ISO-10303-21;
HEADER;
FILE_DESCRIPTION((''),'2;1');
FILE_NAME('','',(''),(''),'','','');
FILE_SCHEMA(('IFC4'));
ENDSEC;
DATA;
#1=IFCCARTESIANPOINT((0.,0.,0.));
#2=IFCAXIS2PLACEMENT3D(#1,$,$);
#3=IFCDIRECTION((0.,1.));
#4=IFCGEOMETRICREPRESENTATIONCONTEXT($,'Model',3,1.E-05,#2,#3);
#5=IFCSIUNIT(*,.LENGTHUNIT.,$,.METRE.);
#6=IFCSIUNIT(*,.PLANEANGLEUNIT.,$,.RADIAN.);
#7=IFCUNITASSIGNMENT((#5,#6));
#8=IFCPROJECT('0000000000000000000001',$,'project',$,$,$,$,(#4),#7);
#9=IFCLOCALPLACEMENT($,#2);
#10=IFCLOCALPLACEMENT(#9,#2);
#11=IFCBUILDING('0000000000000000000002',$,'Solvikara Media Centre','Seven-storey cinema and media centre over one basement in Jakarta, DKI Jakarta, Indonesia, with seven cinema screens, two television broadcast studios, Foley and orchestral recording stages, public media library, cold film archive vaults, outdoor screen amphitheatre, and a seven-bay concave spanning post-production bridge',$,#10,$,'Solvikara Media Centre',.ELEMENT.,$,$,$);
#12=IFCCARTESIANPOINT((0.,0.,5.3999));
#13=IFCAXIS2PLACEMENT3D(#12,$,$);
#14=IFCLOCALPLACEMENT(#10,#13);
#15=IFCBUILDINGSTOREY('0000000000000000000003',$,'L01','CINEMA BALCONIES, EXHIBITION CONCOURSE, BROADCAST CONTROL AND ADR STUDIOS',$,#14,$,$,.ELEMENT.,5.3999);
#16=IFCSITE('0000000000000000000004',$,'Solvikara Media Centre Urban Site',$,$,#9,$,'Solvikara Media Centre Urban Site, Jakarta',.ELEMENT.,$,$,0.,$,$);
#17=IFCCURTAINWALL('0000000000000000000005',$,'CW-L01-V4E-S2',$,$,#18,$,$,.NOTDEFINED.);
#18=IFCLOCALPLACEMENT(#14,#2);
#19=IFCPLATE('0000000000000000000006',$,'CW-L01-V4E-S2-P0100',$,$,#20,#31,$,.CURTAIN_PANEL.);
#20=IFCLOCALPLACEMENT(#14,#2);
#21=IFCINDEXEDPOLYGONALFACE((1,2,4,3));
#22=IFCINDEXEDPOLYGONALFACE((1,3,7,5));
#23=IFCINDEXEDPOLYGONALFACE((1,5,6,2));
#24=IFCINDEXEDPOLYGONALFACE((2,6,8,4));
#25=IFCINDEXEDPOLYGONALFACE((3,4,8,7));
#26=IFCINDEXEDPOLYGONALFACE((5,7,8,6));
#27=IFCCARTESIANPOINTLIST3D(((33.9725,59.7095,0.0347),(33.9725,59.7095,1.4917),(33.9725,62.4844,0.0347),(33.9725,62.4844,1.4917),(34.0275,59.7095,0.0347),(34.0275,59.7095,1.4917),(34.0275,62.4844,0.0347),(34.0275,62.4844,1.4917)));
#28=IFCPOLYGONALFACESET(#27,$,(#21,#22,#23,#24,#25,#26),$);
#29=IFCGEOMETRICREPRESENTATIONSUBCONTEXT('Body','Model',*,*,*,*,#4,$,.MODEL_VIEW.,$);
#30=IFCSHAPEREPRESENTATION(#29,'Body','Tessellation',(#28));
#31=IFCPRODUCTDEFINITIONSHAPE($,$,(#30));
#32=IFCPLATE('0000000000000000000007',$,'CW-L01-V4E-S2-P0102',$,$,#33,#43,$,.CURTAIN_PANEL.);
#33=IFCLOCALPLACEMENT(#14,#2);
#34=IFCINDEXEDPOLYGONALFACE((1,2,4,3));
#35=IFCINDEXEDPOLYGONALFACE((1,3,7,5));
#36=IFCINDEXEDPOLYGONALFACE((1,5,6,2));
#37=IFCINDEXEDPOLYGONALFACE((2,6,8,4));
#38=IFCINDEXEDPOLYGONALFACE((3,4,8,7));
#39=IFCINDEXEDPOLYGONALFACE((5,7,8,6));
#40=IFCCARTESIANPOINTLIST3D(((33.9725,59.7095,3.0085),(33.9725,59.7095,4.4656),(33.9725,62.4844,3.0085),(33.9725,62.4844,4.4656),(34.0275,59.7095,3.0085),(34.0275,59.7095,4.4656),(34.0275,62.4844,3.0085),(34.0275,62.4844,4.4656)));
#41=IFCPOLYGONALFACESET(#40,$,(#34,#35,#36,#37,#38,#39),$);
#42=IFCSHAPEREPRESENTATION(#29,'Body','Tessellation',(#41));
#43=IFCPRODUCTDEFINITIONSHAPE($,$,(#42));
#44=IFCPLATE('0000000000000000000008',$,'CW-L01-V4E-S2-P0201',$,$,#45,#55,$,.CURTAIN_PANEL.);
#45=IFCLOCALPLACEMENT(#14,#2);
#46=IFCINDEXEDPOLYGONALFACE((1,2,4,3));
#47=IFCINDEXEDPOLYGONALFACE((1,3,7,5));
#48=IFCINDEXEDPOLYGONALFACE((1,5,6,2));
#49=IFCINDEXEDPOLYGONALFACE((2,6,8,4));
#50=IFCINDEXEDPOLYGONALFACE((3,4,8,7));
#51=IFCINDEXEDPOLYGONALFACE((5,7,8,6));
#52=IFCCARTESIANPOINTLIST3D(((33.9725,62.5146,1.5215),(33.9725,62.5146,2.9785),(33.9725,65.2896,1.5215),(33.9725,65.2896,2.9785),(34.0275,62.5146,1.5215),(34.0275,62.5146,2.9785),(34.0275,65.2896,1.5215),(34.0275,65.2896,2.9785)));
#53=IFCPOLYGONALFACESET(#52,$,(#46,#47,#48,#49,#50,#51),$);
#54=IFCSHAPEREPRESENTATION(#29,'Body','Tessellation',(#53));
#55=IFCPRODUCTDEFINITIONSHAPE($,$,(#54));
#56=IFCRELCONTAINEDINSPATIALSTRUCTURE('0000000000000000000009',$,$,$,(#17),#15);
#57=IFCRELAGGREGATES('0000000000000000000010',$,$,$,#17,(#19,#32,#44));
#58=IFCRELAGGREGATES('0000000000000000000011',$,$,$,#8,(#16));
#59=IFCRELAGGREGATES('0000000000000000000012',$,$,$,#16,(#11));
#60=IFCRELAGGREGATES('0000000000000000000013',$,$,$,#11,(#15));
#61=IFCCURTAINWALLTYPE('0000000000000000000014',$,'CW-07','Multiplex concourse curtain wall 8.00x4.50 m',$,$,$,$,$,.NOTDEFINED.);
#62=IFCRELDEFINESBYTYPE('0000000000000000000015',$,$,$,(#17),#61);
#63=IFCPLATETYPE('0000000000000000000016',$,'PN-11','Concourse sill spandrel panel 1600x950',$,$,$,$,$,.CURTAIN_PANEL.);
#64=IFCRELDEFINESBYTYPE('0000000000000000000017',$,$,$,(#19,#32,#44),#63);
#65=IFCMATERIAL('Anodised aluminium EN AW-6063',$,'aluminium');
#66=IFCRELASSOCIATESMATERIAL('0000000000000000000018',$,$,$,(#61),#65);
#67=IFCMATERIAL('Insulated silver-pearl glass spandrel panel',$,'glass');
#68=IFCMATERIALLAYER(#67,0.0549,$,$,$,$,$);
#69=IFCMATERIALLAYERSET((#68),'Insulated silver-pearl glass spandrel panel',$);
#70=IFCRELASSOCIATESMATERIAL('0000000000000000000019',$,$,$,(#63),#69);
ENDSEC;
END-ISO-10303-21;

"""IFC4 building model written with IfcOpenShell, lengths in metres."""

from ifc_helpers import new_model, si_unit, direction, frame, origin, origin_2d, place, context, subcontext, project, spatial, rectangle, extrude, material, layer, layer_set, type_object, element, aggregate, save


model = new_model("IFC4")

# Units and contexts
model_context = context("Model", 3, precision=1e-05, world=origin(), true_north=direction((0.0, 1.0)))
body_context = subcontext(model_context, "Body", "Model", "MODEL_VIEW")
ifc_project = project(units=[si_unit("LENGTHUNIT", "METRE"), si_unit("PLANEANGLEUNIT", "RADIAN")], contexts=[model_context])

# Site, building, storey
site_placement = place(None, origin())
site = spatial("IfcSite", under=ifc_project, at=site_placement, Name="Solvikara Media Centre Urban Site", LongName="Solvikara Media Centre Urban Site, Jakarta", CompositionType="ELEMENT", RefElevation=0.0)
building_placement = place(site_placement, origin())
building = spatial("IfcBuilding", under=site, at=building_placement, Name="Solvikara Media Centre", Description="Seven-storey cinema and media centre over one basement in Jakarta, DKI Jakarta, Indonesia, with seven cinema screens, two television broadcast studios, Foley and orchestral recording stages, public media library, cold film archive vaults, outdoor screen amphitheatre, and a seven-bay concave spanning post-production bridge", LongName="Solvikara Media Centre", CompositionType="ELEMENT")
storey_placement = place(building_placement, frame((0.0, 0.0, 5.3999)))
storey = spatial("IfcBuildingStorey", under=building, at=storey_placement, Name="L01", Description="CINEMA BALCONIES, EXHIBITION CONCOURSE, BROADCAST CONTROL AND ADR STUDIOS", CompositionType="ELEMENT", Elevation=5.3999)

# Curtain wall, plates
ifc_material_1 = material(Name="Anodised aluminium EN AW-6063", Category="aluminium")
curtain_wall_type = type_object("IfcCurtainWallType", Name="CW-07", Description="Multiplex concourse curtain wall 8.00x4.50 m", PredefinedType="NOTDEFINED", material=ifc_material_1)
curtain_wall_placement = place(storey_placement, origin())
curtain_wall = element("IfcCurtainWall", 1, at=curtain_wall_placement, inside=storey, type_object=curtain_wall_type, Name="CW-L01-V4E-S2", PredefinedType="NOTDEFINED")
ifc_material_2 = material(Name="Insulated silver-pearl glass spandrel panel", Category="glass")
ifc_layer_1 = layer(ifc_material_2, 0.0549)
ifc_layer_set_1 = layer_set([ifc_layer_1], Name="Insulated silver-pearl glass spandrel panel")
plate_type_1 = type_object("IfcPlateType", Name="PN-11", Description="Concourse sill spandrel panel 1600x950", PredefinedType="CURTAIN_PANEL", material=ifc_layer_set_1)
plate_1_placement = place(storey_placement, frame((34.0, 61.0969, 0.0347), z_axis=(0.0, 0.0, 1.0), x_axis=(0.0, 1.0, 0.0)))
plate_1 = element("IfcPlate", 2, at=plate_1_placement, type_object=plate_type_1, Name="CW-L01-V4E-S2-P0100", PredefinedType="CURTAIN_PANEL", context=body_context, shape_type="SweptSolid", body=[
    extrude(rectangle(XDim=2.7749, YDim=0.0549, at=origin_2d()), origin(), (0.0, 0.0, 1.0), 1.457),
])
plate_2_placement = place(storey_placement, frame((34.0, 61.0969, 3.0085), z_axis=(0.0, 0.0, 1.0), x_axis=(0.0, 1.0, 0.0)))
plate_2 = element("IfcPlate", 3, at=plate_2_placement, type_object=plate_type_1, Name="CW-L01-V4E-S2-P0102", PredefinedType="CURTAIN_PANEL", context=body_context, shape_type="SweptSolid", body=[
    extrude(rectangle(XDim=2.7749, YDim=0.0549, at=origin_2d()), origin(), (0.0, 0.0, 1.0), 1.457),
])
plate_3_placement = place(storey_placement, frame((34.0, 63.9021, 1.5215), z_axis=(0.0, 0.0, 1.0), x_axis=(0.0, 1.0, 0.0)))
plate_3 = element("IfcPlate", 4, at=plate_3_placement, type_object=plate_type_1, Name="CW-L01-V4E-S2-P0201", PredefinedType="CURTAIN_PANEL", context=body_context, shape_type="SweptSolid", body=[
    extrude(rectangle(XDim=2.7749, YDim=0.0549, at=origin_2d()), origin(), (0.0, 0.0, 1.0), 1.457),
])
aggregate(curtain_wall, [plate_1, plate_2, plate_3])

save(model, "model.ifc")
